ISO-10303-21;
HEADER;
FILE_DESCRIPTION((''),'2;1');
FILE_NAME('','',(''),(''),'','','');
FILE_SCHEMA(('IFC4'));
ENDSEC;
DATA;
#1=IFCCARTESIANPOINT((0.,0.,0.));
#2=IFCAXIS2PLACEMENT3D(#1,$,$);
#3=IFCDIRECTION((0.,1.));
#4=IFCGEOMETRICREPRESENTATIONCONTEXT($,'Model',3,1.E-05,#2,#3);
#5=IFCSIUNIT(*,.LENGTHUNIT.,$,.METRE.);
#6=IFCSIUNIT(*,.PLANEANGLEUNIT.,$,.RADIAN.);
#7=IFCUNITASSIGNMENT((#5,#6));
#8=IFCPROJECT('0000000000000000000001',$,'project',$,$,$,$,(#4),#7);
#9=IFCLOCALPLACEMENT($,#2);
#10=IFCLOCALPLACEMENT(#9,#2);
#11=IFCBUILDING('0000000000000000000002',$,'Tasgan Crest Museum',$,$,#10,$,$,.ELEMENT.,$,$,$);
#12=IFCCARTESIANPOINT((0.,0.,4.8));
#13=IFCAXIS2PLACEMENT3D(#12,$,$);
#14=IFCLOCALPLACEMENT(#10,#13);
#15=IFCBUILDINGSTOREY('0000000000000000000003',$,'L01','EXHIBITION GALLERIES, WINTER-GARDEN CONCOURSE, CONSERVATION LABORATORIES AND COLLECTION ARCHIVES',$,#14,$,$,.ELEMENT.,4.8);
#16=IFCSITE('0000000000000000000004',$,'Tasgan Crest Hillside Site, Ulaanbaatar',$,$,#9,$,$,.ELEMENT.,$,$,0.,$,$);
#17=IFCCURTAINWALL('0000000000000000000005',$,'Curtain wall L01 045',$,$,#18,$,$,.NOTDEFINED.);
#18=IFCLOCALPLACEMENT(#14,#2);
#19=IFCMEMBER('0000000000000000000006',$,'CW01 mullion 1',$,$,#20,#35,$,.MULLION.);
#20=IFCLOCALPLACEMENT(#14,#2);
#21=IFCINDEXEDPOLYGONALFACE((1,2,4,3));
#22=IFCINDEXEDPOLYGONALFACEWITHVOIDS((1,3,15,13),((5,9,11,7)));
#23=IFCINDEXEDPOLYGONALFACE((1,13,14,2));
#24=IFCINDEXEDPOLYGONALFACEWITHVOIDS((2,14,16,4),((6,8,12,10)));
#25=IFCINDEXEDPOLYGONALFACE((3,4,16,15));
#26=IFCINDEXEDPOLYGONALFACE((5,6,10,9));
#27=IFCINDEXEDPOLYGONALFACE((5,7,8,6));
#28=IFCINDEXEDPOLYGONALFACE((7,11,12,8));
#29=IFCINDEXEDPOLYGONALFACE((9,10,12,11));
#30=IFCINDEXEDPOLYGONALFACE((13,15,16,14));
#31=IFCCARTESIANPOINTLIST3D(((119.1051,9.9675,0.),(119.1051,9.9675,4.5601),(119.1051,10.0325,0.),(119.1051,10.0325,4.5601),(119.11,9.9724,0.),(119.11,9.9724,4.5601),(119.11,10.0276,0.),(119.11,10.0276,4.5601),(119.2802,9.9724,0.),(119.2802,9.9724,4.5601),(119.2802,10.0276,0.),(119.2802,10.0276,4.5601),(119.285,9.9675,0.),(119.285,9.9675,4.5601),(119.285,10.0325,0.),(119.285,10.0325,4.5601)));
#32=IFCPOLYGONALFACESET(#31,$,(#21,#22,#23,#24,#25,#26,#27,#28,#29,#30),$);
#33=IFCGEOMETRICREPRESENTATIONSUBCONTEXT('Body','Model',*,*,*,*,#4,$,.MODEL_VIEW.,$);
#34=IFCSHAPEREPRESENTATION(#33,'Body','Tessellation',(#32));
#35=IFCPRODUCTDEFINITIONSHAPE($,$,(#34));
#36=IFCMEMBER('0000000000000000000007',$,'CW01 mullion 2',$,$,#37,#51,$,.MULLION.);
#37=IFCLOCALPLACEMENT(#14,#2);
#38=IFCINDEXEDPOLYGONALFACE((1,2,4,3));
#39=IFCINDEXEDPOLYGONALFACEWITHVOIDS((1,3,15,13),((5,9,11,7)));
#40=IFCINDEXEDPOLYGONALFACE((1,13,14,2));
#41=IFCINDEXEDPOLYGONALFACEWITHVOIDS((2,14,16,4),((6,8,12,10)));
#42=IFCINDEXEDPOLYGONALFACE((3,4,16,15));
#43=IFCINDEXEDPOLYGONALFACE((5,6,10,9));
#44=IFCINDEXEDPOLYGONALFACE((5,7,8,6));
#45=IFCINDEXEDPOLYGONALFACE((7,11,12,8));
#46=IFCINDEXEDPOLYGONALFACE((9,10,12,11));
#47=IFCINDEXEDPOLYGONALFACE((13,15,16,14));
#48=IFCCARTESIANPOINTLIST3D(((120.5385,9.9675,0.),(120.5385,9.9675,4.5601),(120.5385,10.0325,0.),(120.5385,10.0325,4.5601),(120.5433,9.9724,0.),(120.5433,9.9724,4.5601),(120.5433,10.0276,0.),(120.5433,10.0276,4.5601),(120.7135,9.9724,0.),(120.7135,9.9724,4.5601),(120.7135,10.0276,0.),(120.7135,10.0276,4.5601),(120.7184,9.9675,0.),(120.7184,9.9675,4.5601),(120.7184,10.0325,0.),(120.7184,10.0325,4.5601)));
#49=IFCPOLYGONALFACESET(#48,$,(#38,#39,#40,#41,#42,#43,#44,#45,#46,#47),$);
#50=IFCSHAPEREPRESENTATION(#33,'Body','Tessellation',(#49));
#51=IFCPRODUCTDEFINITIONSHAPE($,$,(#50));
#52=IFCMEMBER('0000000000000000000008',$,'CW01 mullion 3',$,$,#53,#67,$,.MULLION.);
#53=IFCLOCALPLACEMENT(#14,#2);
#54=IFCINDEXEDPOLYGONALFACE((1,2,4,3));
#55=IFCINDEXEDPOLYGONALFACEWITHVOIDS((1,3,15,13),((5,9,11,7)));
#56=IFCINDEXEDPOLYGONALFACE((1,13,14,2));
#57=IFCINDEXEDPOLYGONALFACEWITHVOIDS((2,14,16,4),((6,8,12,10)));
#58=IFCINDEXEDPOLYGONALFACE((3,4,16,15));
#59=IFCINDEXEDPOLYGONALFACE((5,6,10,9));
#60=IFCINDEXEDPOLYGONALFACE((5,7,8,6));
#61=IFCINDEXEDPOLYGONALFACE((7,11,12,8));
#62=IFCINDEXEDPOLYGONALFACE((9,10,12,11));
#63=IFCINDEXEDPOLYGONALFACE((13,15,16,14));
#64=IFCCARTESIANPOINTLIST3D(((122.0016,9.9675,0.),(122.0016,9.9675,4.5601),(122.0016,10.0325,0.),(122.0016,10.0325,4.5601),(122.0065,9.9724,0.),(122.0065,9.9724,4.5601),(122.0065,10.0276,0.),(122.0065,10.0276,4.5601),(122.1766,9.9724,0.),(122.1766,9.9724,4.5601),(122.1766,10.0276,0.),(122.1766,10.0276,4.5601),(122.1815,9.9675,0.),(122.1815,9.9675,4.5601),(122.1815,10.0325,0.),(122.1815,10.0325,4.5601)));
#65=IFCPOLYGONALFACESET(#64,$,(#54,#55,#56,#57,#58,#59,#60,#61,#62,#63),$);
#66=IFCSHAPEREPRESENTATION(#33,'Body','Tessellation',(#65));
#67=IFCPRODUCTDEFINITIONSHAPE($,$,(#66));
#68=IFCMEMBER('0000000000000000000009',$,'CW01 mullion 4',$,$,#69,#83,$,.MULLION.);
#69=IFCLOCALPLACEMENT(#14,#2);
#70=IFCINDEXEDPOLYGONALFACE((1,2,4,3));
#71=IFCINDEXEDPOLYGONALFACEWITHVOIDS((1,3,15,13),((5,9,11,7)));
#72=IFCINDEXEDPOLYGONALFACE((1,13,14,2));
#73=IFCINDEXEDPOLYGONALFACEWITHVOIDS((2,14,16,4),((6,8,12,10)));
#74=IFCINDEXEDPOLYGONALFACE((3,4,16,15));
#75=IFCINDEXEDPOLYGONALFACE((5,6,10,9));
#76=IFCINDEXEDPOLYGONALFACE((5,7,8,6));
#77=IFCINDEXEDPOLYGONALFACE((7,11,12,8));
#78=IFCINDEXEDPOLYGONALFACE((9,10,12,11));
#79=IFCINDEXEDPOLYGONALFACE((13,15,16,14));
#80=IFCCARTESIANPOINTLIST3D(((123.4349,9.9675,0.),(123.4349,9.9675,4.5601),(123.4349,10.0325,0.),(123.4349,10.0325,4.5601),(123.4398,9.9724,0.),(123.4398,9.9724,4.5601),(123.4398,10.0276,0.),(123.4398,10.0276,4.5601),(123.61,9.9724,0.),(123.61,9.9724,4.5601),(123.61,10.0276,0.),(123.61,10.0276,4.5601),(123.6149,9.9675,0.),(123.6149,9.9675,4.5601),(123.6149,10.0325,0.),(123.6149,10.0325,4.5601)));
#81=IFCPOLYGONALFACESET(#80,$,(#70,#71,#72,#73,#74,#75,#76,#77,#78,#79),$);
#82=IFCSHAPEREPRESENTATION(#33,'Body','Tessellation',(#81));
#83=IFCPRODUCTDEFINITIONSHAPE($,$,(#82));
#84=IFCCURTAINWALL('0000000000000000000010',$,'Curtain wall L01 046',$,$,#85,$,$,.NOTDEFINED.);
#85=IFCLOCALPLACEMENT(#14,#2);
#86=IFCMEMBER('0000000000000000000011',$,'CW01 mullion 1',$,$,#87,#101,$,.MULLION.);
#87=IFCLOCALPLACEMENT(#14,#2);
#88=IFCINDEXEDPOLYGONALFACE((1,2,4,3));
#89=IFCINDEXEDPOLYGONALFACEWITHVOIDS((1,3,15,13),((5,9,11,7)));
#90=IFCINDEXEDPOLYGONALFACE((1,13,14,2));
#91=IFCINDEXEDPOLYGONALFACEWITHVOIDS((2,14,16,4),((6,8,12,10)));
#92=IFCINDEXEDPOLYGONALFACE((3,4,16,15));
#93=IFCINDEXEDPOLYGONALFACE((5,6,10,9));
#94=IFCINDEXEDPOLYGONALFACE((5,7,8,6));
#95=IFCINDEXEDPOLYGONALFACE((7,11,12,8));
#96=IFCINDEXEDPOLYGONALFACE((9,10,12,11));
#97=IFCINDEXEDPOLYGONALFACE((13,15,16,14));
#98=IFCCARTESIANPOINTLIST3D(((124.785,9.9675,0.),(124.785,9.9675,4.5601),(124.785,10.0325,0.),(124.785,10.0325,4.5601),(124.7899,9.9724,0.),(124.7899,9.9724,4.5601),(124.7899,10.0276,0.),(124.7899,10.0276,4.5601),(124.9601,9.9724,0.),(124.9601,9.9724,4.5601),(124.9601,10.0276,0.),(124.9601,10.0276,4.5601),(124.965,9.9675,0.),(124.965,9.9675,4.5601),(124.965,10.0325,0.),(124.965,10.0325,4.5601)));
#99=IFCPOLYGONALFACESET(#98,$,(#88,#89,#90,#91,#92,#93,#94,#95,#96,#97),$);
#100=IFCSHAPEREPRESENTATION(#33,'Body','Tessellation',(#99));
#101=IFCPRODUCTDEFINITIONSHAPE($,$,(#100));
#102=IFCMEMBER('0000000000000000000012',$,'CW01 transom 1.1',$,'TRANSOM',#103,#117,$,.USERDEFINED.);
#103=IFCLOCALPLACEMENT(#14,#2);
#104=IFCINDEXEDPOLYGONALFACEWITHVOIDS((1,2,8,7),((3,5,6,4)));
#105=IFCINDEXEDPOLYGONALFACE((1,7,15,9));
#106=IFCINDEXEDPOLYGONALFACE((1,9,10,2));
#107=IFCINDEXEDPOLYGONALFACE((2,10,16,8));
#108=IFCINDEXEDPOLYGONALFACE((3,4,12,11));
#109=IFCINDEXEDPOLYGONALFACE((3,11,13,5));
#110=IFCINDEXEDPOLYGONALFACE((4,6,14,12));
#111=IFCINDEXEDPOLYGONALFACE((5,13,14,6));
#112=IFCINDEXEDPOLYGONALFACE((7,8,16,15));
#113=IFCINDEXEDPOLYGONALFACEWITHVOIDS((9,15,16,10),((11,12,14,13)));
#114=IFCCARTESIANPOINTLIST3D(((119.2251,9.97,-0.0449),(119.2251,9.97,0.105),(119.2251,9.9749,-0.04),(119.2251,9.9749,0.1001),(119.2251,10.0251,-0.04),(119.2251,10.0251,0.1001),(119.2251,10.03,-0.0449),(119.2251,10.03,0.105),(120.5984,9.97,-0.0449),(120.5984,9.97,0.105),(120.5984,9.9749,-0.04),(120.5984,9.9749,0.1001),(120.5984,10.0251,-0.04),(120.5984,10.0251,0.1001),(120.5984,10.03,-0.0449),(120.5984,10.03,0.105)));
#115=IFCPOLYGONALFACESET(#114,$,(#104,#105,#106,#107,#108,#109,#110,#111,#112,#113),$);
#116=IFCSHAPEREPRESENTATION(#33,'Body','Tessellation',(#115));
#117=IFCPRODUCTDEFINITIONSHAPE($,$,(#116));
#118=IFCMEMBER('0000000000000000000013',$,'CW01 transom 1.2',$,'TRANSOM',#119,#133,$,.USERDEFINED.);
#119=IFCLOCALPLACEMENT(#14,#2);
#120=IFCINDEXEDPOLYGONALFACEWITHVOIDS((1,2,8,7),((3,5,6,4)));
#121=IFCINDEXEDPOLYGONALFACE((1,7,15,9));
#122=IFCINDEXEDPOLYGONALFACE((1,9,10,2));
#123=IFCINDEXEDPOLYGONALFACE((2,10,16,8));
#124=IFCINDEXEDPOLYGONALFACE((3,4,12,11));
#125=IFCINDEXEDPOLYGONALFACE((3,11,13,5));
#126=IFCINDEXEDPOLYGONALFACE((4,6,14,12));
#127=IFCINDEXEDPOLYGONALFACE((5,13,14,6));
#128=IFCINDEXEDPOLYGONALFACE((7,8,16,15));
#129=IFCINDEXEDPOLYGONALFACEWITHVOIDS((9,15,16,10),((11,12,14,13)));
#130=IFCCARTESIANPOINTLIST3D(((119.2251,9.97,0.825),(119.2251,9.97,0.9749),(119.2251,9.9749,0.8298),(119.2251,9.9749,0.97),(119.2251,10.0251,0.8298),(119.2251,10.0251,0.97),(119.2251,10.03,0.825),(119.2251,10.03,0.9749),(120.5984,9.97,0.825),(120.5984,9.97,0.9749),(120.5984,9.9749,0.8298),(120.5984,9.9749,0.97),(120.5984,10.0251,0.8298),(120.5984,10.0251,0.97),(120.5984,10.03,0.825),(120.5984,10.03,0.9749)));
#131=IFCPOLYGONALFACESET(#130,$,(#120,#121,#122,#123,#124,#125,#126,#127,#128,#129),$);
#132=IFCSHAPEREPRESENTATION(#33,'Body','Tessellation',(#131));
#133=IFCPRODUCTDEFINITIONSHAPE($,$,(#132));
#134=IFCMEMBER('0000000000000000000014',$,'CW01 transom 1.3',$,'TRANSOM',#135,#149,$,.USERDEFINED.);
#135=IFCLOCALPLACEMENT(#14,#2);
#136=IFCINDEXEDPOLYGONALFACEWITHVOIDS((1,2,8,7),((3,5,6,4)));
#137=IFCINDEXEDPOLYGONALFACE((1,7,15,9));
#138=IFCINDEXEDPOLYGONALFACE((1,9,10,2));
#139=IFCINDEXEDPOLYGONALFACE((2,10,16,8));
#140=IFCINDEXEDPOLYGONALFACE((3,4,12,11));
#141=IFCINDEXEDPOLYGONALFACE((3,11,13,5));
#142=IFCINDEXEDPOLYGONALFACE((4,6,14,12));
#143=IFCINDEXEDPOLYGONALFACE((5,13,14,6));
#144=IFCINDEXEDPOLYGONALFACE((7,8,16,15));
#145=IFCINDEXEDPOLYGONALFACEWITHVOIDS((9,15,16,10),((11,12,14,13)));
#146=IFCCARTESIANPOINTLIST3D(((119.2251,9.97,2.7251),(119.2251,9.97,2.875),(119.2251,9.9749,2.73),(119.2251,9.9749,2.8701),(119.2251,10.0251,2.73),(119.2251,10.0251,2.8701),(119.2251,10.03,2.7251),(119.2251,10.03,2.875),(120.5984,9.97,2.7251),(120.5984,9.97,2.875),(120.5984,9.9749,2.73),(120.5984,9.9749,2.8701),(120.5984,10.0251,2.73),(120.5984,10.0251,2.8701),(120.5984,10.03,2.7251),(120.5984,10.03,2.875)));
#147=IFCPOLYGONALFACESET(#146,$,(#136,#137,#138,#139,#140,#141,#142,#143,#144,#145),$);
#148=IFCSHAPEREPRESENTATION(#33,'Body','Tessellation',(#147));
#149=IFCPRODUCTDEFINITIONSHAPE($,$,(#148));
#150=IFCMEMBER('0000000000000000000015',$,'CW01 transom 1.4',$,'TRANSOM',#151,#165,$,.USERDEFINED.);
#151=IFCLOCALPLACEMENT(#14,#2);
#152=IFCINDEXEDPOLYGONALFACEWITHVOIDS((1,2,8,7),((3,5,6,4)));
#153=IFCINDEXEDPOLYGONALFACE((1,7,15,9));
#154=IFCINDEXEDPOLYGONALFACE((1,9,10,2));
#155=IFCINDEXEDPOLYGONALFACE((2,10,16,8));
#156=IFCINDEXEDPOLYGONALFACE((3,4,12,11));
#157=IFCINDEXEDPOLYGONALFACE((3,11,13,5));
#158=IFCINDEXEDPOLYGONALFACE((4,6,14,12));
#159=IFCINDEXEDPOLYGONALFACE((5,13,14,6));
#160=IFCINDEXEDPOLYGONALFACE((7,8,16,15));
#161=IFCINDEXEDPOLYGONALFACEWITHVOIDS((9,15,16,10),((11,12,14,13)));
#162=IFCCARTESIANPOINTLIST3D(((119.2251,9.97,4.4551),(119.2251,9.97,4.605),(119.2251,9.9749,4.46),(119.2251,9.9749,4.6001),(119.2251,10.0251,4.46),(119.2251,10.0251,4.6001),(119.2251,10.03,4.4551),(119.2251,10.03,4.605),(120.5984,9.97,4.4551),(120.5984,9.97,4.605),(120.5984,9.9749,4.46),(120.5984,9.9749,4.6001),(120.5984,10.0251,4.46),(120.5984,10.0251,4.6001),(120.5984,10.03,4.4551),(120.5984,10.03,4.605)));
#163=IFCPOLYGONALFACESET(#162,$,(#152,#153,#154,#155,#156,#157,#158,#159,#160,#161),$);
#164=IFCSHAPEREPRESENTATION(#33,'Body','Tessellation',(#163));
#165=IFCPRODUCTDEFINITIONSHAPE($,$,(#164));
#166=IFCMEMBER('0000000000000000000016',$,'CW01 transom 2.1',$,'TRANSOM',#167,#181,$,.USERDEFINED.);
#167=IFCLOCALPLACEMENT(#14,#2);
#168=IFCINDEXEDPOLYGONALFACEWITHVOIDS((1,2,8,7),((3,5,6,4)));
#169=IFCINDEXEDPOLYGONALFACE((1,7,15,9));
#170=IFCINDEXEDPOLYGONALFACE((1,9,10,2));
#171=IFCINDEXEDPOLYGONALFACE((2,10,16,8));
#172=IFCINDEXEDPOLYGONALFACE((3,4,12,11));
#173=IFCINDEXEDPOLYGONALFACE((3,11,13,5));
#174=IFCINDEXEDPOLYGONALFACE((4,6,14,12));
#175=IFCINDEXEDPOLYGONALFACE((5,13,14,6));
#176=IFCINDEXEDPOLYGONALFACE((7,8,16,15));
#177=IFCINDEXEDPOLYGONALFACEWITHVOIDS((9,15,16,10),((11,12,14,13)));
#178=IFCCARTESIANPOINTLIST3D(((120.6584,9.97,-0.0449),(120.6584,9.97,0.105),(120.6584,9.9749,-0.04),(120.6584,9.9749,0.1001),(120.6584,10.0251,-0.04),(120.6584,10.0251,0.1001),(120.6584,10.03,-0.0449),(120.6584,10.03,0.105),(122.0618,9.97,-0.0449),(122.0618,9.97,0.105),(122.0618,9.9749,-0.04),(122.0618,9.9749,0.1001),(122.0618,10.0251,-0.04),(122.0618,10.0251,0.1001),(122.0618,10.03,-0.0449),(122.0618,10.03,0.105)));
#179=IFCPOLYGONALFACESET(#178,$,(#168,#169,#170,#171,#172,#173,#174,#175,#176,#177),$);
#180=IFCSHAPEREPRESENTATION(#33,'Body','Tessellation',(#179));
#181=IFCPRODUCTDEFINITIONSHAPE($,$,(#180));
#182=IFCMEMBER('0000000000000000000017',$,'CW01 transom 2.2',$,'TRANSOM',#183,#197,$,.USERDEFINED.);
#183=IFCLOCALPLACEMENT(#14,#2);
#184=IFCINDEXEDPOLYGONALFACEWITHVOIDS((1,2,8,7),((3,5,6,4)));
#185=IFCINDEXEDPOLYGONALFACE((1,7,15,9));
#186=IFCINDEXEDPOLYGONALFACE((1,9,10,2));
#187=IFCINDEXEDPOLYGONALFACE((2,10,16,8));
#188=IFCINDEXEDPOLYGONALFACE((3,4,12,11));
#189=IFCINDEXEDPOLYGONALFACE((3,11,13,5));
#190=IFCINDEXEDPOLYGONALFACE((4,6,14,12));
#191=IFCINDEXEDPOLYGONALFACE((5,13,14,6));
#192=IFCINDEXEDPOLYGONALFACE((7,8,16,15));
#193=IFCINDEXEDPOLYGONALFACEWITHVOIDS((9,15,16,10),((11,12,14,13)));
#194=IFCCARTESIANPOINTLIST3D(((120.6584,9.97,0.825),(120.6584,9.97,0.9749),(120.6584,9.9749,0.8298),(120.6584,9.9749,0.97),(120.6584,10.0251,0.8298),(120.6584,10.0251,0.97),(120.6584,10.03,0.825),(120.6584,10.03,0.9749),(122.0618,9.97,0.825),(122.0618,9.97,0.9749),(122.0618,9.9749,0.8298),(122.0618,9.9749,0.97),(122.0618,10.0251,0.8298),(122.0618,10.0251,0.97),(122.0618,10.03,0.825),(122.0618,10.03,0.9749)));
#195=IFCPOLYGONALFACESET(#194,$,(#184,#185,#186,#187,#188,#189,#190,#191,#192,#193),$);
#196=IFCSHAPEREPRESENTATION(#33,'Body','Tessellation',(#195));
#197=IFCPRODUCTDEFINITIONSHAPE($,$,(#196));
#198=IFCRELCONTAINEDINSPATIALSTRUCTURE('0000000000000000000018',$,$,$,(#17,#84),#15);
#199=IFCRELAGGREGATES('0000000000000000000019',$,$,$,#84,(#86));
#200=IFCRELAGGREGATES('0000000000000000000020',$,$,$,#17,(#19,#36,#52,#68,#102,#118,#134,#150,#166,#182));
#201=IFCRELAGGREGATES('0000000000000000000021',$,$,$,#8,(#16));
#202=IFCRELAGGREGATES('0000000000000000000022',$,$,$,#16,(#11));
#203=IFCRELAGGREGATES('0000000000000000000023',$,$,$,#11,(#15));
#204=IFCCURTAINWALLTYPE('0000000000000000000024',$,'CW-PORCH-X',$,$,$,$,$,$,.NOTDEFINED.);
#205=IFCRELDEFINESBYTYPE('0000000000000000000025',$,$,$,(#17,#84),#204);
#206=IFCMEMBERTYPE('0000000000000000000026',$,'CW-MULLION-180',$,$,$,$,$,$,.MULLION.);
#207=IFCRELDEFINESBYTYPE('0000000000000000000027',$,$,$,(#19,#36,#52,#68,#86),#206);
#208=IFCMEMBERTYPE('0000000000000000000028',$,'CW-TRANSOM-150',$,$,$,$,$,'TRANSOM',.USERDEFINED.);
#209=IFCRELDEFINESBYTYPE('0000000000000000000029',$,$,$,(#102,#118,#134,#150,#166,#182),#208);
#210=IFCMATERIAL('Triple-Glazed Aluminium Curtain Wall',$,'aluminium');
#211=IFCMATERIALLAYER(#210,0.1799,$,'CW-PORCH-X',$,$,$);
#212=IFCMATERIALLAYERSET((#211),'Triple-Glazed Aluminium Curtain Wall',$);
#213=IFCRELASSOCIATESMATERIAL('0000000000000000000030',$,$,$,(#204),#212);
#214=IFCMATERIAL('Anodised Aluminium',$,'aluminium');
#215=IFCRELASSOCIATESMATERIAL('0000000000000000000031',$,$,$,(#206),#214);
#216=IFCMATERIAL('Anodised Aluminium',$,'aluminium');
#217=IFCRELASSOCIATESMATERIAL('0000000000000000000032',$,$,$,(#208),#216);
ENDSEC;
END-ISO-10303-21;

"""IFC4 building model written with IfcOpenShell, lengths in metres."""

from ifc_helpers import new_model, si_unit, direction, frame, origin, origin_2d, place, context, subcontext, project, spatial, hollow_rectangle, extrude, material, layer, layer_set, material_profile, profile_set, type_object, element, aggregate, save


model = new_model("IFC4")

# Units and contexts
model_context = context("Model", 3, precision=1e-05, world=origin(), true_north=direction((0.0, 1.0)))
body_context = subcontext(model_context, "Body", "Model", "MODEL_VIEW")
ifc_project = project(units=[si_unit("LENGTHUNIT", "METRE"), si_unit("PLANEANGLEUNIT", "RADIAN")], contexts=[model_context])

# Site, building, storey
site_placement = place(None, origin())
site = spatial("IfcSite", under=ifc_project, at=site_placement, Name="Tasgan Crest Hillside Site, Ulaanbaatar", CompositionType="ELEMENT", RefElevation=0.0)
building_placement = place(site_placement, origin())
building = spatial("IfcBuilding", under=site, at=building_placement, Name="Tasgan Crest Museum", CompositionType="ELEMENT")
storey_placement = place(building_placement, frame((0.0, 0.0, 4.8)))
storey = spatial("IfcBuildingStorey", under=building, at=storey_placement, Name="L01", Description="EXHIBITION GALLERIES, WINTER-GARDEN CONCOURSE, CONSERVATION LABORATORIES AND COLLECTION ARCHIVES", CompositionType="ELEMENT", Elevation=4.8)

# Curtain wall, members
ifc_material_1 = material(Name="Triple-Glazed Aluminium Curtain Wall", Category="aluminium")
ifc_layer_1 = layer(ifc_material_1, 0.1799, Name="CW-PORCH-X")
ifc_layer_set_1 = layer_set([ifc_layer_1], Name="Triple-Glazed Aluminium Curtain Wall")
curtain_wall_type = type_object("IfcCurtainWallType", Name="CW-PORCH-X", PredefinedType="NOTDEFINED", material=ifc_layer_set_1)
curtain_wall_1_placement = place(storey_placement, origin())
curtain_wall_1 = element("IfcCurtainWall", 1, at=curtain_wall_1_placement, inside=storey, type_object=curtain_wall_type, Name="Curtain wall L01 045", PredefinedType="NOTDEFINED")
ifc_material_2 = material(Name="Anodised Aluminium", Category="aluminium")
ifc_material_profile_1 = material_profile(ifc_material_2, hollow_rectangle(XDim=0.0649, YDim=0.1799, WallThickness=0.0049, at=origin_2d()), Name="ALU MULLION 180x65x5")
ifc_profile_set_1 = profile_set([ifc_material_profile_1], Name="Anodised Aluminium")
member_type_1 = type_object("IfcMemberType", Name="CW-MULLION-180", PredefinedType="MULLION", material=ifc_profile_set_1)
member_1_placement = place(storey_placement, frame((119.1951, 10.0, 0.0), z_axis=(0.0, 0.0, 1.0), x_axis=(0.0, 1.0, 0.0)))
member_1 = element("IfcMember", 2, at=member_1_placement, type_object=member_type_1, Name="CW01 mullion 1", PredefinedType="MULLION", context=body_context, shape_type="SweptSolid", body=[
    extrude(hollow_rectangle(XDim=0.0649, YDim=0.1799, WallThickness=0.0049, at=origin_2d()), origin(), (0.0, 0.0, 1.0), 4.5601),
])
member_2_placement = place(storey_placement, frame((120.6284, 10.0, 0.0), z_axis=(0.0, 0.0, 1.0), x_axis=(0.0, 1.0, 0.0)))
member_2 = element("IfcMember", 3, at=member_2_placement, type_object=member_type_1, Name="CW01 mullion 2", PredefinedType="MULLION", context=body_context, shape_type="SweptSolid", body=[
    extrude(hollow_rectangle(XDim=0.0649, YDim=0.1799, WallThickness=0.0049, at=origin_2d()), origin(), (0.0, 0.0, 1.0), 4.5601),
])
member_3_placement = place(storey_placement, frame((122.0916, 10.0, 0.0), z_axis=(0.0, 0.0, 1.0), x_axis=(0.0, 1.0, 0.0)))
member_3 = element("IfcMember", 4, at=member_3_placement, type_object=member_type_1, Name="CW01 mullion 3", PredefinedType="MULLION", context=body_context, shape_type="SweptSolid", body=[
    extrude(hollow_rectangle(XDim=0.0649, YDim=0.1799, WallThickness=0.0049, at=origin_2d()), origin(), (0.0, 0.0, 1.0), 4.5601),
])
member_4_placement = place(storey_placement, frame((123.5249, 10.0, 0.0), z_axis=(0.0, 0.0, 1.0), x_axis=(0.0, 1.0, 0.0)))
member_4 = element("IfcMember", 5, at=member_4_placement, type_object=member_type_1, Name="CW01 mullion 4", PredefinedType="MULLION", context=body_context, shape_type="SweptSolid", body=[
    extrude(hollow_rectangle(XDim=0.0649, YDim=0.1799, WallThickness=0.0049, at=origin_2d()), origin(), (0.0, 0.0, 1.0), 4.5601),
])

# Curtain wall, member
curtain_wall_2_placement = place(storey_placement, origin())
curtain_wall_2 = element("IfcCurtainWall", 6, at=curtain_wall_2_placement, inside=storey, type_object=curtain_wall_type, Name="Curtain wall L01 046", PredefinedType="NOTDEFINED")
member_5_placement = place(storey_placement, frame((124.875, 10.0, 0.0), z_axis=(0.0, 0.0, 1.0), x_axis=(0.0, 1.0, 0.0)))
member_5 = element("IfcMember", 7, at=member_5_placement, type_object=member_type_1, Name="CW01 mullion 1", PredefinedType="MULLION", context=body_context, shape_type="SweptSolid", body=[
    extrude(hollow_rectangle(XDim=0.0649, YDim=0.1799, WallThickness=0.0049, at=origin_2d()), origin(), (0.0, 0.0, 1.0), 4.5601),
])

# Members
ifc_material_3 = material(Name="Anodised Aluminium", Category="aluminium")
ifc_material_profile_2 = material_profile(ifc_material_3, hollow_rectangle(XDim=0.0601, YDim=0.1499, WallThickness=0.0049, at=origin_2d()), Name="ALU TRANSOM 150x60x5")
ifc_profile_set_2 = profile_set([ifc_material_profile_2], Name="Anodised Aluminium")
member_type_2 = type_object("IfcMemberType", Name="CW-TRANSOM-150", ElementType="TRANSOM", PredefinedType="USERDEFINED", material=ifc_profile_set_2)
member_6_placement = place(storey_placement, frame((119.2251, 10.0, 0.03), z_axis=(1.0, 0.0, 0.0), x_axis=(0.0, 1.0, 0.0)))
member_6 = element("IfcMember", 8, at=member_6_placement, type_object=member_type_2, Name="CW01 transom 1.1", ObjectType="TRANSOM", PredefinedType="USERDEFINED", context=body_context, shape_type="SweptSolid", body=[
    extrude(hollow_rectangle(XDim=0.0601, YDim=0.1499, WallThickness=0.0049, at=origin_2d()), origin(), (0.0, 0.0, 1.0), 1.3733),
])
member_7_placement = place(storey_placement, frame((119.2251, 10.0, 0.8999), z_axis=(1.0, 0.0, 0.0), x_axis=(0.0, 1.0, 0.0)))
member_7 = element("IfcMember", 9, at=member_7_placement, type_object=member_type_2, Name="CW01 transom 1.2", ObjectType="TRANSOM", PredefinedType="USERDEFINED", context=body_context, shape_type="SweptSolid", body=[
    extrude(hollow_rectangle(XDim=0.0601, YDim=0.1499, WallThickness=0.0049, at=origin_2d()), origin(), (0.0, 0.0, 1.0), 1.3733),
])
member_8_placement = place(storey_placement, frame((119.2251, 10.0, 2.8), z_axis=(1.0, 0.0, 0.0), x_axis=(0.0, 1.0, 0.0)))
member_8 = element("IfcMember", 10, at=member_8_placement, type_object=member_type_2, Name="CW01 transom 1.3", ObjectType="TRANSOM", PredefinedType="USERDEFINED", context=body_context, shape_type="SweptSolid", body=[
    extrude(hollow_rectangle(XDim=0.0601, YDim=0.1499, WallThickness=0.0049, at=origin_2d()), origin(), (0.0, 0.0, 1.0), 1.3733),
])
member_9_placement = place(storey_placement, frame((119.2251, 10.0, 4.53), z_axis=(1.0, 0.0, 0.0), x_axis=(0.0, 1.0, 0.0)))
member_9 = element("IfcMember", 11, at=member_9_placement, type_object=member_type_2, Name="CW01 transom 1.4", ObjectType="TRANSOM", PredefinedType="USERDEFINED", context=body_context, shape_type="SweptSolid", body=[
    extrude(hollow_rectangle(XDim=0.0601, YDim=0.1499, WallThickness=0.0049, at=origin_2d()), origin(), (0.0, 0.0, 1.0), 1.3733),
])
member_10_placement = place(storey_placement, frame((120.6584, 10.0, 0.03), z_axis=(1.0, 0.0, 0.0), x_axis=(0.0, 1.0, 0.0)))
member_10 = element("IfcMember", 12, at=member_10_placement, type_object=member_type_2, Name="CW01 transom 2.1", ObjectType="TRANSOM", PredefinedType="USERDEFINED", context=body_context, shape_type="SweptSolid", body=[
    extrude(hollow_rectangle(XDim=0.0601, YDim=0.1499, WallThickness=0.0049, at=origin_2d()), origin(), (0.0, 0.0, 1.0), 1.4033),
])
member_11_placement = place(storey_placement, frame((120.6584, 10.0, 0.8999), z_axis=(1.0, 0.0, 0.0), x_axis=(0.0, 1.0, 0.0)))
member_11 = element("IfcMember", 13, at=member_11_placement, type_object=member_type_2, Name="CW01 transom 2.2", ObjectType="TRANSOM", PredefinedType="USERDEFINED", context=body_context, shape_type="SweptSolid", body=[
    extrude(hollow_rectangle(XDim=0.0601, YDim=0.1499, WallThickness=0.0049, at=origin_2d()), origin(), (0.0, 0.0, 1.0), 1.4033),
])

aggregate(curtain_wall_2, [member_5])
aggregate(curtain_wall_1, [member_1, member_2, member_3, member_4, member_6, member_7, member_8, member_9, member_10, member_11])

save(model, "model.ifc")
